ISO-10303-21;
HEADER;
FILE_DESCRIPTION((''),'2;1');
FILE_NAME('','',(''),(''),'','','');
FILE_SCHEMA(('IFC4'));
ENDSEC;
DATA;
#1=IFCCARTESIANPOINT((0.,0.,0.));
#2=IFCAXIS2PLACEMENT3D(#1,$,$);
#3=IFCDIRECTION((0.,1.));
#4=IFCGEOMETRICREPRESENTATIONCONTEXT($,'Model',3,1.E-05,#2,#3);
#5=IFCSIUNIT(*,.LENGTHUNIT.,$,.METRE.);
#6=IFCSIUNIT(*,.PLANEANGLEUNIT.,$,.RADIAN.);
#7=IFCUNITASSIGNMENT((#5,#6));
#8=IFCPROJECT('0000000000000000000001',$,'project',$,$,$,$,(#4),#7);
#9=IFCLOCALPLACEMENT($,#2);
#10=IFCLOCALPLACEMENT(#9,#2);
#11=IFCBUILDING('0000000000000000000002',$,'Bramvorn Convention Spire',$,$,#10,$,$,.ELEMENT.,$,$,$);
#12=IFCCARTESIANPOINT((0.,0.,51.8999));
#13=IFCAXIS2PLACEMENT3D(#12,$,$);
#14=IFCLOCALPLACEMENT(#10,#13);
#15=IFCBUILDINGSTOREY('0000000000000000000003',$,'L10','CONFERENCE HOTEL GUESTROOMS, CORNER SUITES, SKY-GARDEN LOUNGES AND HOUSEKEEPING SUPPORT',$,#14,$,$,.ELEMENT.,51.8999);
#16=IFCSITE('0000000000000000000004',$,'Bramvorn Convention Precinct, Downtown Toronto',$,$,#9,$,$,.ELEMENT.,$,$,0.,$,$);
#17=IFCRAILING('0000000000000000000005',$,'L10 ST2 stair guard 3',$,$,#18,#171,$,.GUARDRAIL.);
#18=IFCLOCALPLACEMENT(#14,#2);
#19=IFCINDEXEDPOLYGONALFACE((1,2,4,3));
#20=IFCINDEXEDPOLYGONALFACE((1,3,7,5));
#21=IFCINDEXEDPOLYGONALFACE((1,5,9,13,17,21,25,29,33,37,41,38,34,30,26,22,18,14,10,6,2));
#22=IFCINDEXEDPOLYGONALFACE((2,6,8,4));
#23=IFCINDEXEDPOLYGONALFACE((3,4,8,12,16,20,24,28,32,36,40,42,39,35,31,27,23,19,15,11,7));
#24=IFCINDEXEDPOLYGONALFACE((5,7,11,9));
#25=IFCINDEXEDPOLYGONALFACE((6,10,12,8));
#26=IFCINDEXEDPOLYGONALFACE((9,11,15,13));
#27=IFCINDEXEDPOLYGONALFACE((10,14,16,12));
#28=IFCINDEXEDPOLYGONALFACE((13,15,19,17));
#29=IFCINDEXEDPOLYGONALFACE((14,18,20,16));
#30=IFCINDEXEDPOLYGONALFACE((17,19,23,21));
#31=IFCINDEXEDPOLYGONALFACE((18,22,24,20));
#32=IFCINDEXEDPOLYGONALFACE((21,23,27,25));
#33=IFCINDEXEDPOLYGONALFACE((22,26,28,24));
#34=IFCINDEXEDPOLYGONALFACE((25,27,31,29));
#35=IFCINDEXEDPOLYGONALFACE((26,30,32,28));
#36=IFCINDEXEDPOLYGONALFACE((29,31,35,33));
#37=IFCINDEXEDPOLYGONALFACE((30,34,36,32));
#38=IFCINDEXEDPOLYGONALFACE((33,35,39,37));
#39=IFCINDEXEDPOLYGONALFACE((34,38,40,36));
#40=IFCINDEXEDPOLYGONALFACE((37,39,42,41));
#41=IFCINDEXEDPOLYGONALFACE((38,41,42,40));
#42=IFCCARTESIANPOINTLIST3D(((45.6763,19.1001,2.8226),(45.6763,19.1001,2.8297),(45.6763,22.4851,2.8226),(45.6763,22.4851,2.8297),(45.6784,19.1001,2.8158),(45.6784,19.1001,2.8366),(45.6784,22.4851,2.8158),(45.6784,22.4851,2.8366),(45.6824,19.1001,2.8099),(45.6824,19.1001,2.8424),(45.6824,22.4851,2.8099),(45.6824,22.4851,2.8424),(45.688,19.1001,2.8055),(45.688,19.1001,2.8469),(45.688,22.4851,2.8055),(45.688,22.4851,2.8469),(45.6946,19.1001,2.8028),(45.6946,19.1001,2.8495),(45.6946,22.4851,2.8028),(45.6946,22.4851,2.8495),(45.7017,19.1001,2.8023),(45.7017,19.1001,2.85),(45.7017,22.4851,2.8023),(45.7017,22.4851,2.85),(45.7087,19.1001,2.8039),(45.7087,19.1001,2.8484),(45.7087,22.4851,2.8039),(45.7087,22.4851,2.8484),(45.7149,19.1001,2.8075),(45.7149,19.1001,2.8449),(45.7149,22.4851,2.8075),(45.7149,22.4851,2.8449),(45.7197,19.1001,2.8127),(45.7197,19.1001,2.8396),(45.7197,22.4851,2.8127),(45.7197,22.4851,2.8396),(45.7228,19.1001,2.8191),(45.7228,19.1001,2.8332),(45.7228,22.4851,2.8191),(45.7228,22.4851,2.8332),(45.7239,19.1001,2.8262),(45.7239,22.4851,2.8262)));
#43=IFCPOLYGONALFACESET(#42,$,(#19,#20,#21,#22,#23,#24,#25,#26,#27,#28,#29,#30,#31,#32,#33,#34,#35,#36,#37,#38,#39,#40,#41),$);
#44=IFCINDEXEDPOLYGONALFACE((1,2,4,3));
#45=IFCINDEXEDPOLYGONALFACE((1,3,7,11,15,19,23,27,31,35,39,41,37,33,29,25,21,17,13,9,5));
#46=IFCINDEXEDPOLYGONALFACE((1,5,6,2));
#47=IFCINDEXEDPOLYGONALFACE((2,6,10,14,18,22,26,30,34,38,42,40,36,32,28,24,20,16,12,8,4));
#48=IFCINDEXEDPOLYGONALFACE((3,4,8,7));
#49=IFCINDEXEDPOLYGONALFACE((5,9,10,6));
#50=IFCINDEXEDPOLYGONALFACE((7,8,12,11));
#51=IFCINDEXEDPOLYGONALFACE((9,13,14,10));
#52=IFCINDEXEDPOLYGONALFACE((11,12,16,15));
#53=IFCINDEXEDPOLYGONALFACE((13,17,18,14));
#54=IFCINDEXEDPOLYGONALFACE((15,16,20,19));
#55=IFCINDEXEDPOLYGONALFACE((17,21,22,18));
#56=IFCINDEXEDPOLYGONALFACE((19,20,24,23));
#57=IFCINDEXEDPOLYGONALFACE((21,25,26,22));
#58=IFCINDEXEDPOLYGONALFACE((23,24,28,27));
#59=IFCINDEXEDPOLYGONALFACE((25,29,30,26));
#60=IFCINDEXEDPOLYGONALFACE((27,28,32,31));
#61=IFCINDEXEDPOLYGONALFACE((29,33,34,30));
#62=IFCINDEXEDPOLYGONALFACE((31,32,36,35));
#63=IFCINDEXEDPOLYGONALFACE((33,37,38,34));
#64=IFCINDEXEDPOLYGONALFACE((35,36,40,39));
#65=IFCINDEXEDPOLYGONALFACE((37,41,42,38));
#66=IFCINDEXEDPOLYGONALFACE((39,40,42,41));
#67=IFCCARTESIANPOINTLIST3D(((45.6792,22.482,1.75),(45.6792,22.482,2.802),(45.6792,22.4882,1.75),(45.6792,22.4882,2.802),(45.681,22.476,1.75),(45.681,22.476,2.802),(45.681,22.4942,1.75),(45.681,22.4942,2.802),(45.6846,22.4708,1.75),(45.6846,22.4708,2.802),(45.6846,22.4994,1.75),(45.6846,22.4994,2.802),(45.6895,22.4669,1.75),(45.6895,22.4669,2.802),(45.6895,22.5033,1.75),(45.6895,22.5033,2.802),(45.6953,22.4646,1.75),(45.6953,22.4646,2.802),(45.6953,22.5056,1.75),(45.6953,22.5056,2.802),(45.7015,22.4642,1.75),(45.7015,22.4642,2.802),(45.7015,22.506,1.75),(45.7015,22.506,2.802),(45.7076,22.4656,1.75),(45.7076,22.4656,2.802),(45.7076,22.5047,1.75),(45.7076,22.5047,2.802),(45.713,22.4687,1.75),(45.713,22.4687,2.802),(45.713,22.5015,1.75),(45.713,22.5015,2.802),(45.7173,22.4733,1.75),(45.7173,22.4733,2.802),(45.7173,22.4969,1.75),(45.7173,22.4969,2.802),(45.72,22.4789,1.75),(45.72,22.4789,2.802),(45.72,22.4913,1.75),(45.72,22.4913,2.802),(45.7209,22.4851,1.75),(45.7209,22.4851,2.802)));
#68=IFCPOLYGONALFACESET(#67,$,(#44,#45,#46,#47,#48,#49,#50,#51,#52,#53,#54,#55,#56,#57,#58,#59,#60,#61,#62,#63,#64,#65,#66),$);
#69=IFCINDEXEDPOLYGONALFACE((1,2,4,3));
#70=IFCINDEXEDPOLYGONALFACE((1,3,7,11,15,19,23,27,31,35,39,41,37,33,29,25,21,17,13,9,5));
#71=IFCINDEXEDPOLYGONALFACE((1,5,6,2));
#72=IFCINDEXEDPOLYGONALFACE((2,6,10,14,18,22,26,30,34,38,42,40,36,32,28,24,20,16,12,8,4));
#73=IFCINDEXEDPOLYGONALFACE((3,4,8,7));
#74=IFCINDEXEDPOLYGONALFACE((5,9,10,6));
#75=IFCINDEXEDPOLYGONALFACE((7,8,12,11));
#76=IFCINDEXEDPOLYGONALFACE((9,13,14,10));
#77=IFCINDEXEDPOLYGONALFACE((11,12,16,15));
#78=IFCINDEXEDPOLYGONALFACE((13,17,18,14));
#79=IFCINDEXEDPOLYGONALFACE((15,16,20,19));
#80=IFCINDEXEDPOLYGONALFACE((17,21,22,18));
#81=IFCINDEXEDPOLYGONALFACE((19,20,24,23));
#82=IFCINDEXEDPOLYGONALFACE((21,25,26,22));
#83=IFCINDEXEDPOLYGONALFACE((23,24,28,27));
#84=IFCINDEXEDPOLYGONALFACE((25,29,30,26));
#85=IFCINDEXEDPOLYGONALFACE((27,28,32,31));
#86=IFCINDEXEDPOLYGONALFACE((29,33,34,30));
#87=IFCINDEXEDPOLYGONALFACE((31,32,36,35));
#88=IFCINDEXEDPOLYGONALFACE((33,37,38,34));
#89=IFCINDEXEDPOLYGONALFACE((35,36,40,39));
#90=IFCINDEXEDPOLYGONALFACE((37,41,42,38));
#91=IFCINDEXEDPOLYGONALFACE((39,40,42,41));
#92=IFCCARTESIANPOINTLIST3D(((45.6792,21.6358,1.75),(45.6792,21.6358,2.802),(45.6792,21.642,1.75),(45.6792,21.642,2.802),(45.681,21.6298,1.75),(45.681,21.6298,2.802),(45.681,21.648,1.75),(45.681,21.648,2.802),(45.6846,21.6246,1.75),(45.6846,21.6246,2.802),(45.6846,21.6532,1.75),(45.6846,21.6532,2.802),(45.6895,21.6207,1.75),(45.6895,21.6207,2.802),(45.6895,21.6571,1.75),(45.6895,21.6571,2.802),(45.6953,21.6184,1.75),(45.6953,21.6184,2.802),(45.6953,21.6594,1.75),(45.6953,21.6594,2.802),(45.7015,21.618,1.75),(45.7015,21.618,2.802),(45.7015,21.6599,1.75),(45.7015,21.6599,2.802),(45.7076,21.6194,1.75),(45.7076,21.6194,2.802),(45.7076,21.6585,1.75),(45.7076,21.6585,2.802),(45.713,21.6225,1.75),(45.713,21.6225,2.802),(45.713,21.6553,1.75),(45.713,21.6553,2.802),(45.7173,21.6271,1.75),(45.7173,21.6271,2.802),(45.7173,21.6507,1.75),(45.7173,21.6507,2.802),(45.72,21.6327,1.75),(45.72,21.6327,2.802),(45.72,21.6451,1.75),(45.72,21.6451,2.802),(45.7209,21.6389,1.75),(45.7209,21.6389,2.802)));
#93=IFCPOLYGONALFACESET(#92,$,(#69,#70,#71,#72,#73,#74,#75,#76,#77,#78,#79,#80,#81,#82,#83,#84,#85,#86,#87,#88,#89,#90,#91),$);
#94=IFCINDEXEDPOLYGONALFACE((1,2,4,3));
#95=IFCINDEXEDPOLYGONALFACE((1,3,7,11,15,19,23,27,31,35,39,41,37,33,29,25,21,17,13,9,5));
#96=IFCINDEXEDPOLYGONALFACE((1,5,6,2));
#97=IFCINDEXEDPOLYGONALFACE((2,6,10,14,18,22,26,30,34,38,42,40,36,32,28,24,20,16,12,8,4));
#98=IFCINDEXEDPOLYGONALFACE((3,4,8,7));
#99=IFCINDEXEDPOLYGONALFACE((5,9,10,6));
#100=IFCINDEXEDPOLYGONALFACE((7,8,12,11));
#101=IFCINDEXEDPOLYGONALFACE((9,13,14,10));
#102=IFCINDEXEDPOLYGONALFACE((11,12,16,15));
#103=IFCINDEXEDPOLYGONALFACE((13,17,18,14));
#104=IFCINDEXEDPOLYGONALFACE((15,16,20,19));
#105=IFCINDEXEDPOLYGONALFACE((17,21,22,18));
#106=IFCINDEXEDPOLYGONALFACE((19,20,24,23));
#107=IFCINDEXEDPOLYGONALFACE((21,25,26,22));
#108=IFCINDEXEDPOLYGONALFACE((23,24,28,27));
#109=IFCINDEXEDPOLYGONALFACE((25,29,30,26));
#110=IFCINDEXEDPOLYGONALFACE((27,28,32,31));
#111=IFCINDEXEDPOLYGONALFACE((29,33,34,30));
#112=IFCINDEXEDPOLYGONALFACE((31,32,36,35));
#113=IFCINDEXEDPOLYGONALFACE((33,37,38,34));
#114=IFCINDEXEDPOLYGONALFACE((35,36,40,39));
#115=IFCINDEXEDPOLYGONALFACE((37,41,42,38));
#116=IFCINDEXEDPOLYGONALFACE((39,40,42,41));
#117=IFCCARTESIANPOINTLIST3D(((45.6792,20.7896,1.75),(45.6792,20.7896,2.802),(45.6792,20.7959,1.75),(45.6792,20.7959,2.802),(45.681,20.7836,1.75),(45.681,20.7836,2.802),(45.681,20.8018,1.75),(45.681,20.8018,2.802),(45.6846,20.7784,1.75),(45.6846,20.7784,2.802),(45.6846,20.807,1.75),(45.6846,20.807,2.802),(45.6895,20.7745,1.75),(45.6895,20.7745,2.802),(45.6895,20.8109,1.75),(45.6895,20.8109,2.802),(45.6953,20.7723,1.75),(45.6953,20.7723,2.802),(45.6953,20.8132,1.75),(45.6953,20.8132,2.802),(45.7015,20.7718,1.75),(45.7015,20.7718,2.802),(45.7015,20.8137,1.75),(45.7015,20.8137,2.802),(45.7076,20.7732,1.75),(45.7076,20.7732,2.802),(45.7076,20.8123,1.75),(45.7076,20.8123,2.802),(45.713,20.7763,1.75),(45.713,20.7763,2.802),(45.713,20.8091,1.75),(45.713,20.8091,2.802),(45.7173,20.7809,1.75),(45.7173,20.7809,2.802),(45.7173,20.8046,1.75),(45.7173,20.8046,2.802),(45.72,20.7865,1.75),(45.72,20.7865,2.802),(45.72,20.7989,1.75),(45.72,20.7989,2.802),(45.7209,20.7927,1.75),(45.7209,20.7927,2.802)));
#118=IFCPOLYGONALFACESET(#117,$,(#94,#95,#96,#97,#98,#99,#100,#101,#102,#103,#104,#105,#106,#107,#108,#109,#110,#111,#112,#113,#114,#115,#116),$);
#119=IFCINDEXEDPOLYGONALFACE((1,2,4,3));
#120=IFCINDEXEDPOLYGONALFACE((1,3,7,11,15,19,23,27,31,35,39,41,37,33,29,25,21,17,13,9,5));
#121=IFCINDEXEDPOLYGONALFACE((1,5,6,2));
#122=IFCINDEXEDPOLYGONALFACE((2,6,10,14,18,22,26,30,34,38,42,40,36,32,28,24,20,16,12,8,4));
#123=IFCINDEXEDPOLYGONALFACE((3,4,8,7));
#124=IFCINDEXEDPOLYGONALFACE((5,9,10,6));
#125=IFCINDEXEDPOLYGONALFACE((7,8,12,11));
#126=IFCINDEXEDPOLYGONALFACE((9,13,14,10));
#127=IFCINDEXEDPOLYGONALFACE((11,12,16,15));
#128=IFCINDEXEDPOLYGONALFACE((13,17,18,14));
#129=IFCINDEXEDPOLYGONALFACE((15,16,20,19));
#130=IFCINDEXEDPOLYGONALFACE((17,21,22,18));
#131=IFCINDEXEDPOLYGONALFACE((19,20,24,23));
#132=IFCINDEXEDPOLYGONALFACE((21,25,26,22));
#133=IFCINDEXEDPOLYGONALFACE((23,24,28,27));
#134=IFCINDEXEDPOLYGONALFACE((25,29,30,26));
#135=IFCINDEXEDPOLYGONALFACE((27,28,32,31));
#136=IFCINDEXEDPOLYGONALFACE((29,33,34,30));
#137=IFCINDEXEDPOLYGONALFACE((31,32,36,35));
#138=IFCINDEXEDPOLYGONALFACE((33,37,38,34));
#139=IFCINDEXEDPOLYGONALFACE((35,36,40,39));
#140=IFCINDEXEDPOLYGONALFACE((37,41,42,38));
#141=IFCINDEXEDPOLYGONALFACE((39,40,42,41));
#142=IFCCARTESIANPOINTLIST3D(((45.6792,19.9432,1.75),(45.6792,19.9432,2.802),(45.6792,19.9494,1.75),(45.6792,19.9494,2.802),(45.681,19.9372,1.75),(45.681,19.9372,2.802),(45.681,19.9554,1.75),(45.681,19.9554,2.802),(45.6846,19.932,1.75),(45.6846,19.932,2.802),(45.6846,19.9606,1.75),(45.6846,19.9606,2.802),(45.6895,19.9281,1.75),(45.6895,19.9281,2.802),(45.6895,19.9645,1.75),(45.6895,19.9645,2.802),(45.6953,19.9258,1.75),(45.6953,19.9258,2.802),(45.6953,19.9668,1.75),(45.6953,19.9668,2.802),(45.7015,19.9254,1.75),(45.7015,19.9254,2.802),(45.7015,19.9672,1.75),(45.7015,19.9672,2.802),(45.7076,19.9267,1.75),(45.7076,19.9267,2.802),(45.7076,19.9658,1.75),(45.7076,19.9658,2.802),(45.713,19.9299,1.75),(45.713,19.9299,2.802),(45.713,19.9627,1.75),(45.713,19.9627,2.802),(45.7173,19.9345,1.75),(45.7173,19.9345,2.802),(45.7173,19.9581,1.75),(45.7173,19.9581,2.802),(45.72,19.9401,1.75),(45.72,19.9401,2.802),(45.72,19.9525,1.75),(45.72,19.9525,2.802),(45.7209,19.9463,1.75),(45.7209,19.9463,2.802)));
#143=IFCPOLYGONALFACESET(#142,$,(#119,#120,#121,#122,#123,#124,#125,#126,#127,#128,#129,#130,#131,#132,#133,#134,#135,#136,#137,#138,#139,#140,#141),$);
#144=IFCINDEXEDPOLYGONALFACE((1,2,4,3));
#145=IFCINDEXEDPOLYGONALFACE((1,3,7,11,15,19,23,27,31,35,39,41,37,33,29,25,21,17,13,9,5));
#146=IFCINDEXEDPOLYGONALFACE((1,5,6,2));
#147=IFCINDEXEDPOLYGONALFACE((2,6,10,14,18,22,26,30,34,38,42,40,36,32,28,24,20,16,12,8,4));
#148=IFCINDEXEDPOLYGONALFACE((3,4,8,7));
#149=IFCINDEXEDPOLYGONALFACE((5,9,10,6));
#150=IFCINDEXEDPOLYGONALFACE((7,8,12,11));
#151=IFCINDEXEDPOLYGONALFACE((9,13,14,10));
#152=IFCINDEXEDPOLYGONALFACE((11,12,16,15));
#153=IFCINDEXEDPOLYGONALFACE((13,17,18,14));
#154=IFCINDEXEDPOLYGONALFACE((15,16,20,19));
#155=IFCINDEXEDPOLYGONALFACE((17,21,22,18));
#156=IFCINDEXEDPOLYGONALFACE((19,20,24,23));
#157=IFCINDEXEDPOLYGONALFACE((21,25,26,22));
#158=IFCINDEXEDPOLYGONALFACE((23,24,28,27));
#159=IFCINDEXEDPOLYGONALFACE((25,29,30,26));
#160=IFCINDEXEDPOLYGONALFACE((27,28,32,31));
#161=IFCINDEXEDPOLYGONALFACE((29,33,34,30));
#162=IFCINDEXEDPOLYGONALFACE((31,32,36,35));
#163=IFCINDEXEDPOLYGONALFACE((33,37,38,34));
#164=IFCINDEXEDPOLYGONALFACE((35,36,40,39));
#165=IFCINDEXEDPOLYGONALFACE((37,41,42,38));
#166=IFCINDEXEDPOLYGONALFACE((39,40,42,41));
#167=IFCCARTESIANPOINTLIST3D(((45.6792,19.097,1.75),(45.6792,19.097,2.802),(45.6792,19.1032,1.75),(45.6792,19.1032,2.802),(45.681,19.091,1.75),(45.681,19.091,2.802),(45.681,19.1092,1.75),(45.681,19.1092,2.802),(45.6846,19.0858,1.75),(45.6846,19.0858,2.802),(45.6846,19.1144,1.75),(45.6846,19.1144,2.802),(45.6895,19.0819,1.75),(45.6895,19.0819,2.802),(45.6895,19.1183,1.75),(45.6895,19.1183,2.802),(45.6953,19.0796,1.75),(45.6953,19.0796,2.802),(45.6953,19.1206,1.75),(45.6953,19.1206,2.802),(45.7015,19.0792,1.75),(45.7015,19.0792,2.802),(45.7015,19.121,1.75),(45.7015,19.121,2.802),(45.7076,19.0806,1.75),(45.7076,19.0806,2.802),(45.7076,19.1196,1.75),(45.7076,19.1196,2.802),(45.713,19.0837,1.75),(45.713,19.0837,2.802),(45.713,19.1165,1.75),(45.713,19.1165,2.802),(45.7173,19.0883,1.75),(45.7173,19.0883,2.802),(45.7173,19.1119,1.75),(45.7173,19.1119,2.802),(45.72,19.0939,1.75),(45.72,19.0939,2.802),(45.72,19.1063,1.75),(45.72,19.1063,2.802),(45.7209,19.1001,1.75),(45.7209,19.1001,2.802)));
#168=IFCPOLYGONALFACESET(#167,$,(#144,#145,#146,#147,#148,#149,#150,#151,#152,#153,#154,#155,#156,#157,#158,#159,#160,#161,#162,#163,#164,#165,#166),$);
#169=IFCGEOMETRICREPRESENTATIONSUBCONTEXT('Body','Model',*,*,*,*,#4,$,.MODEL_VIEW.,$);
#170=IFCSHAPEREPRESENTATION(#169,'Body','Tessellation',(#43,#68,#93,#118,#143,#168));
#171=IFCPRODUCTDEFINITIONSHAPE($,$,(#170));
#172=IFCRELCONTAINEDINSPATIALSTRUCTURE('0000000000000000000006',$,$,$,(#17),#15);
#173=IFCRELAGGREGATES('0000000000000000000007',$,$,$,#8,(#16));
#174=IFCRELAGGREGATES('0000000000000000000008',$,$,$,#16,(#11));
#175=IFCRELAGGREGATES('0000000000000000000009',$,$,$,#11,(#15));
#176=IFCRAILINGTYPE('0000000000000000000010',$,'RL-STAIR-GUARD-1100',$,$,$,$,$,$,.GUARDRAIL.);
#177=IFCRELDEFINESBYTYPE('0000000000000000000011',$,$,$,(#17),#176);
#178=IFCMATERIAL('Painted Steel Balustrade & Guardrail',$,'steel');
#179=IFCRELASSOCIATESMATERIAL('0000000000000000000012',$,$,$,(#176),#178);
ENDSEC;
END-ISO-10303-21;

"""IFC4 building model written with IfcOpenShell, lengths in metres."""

from ifc_helpers import new_model, si_unit, direction, frame, origin, origin_2d, place, context, subcontext, project, spatial, circle, extrude, material, type_object, element, save


model = new_model("IFC4")

# Units and contexts
model_context = context("Model", 3, precision=1e-05, world=origin(), true_north=direction((0.0, 1.0)))
body_context = subcontext(model_context, "Body", "Model", "MODEL_VIEW")
ifc_project = project(units=[si_unit("LENGTHUNIT", "METRE"), si_unit("PLANEANGLEUNIT", "RADIAN")], contexts=[model_context])

# Site, building, storey
site_placement = place(None, origin())
site = spatial("IfcSite", under=ifc_project, at=site_placement, Name="Bramvorn Convention Precinct, Downtown Toronto", CompositionType="ELEMENT", RefElevation=0.0)
building_placement = place(site_placement, origin())
building = spatial("IfcBuilding", under=site, at=building_placement, Name="Bramvorn Convention Spire", CompositionType="ELEMENT")
storey_placement = place(building_placement, frame((0.0, 0.0, 51.8999)))
storey = spatial("IfcBuildingStorey", under=building, at=storey_placement, Name="L10", Description="CONFERENCE HOTEL GUESTROOMS, CORNER SUITES, SKY-GARDEN LOUNGES AND HOUSEKEEPING SUPPORT", CompositionType="ELEMENT", Elevation=51.8999)

# Railing
ifc_material_1 = material(Name="Painted Steel Balustrade & Guardrail", Category="steel")
railing_type = type_object("IfcRailingType", Name="RL-STAIR-GUARD-1100", PredefinedType="GUARDRAIL", material=ifc_material_1)
railing_1_placement = place(storey_placement, frame((45.7, 22.4851, 1.75)))
element("IfcRailing", 1, at=railing_1_placement, inside=storey, type_object=railing_type, Name="L10 ST2 stair guard 3", PredefinedType="GUARDRAIL", context=body_context, shape_type="SweptSolid", body=[
    extrude(circle(Radius=0.0239, at=origin_2d()), frame((0.0, 0.0, 1.0762), z_axis=(0.0, -1.0, 0.0), x_axis=(1.0, 0.0, 0.0)), (0.0, 0.0, 1.0), 3.385),
    extrude(circle(Radius=0.021, at=origin_2d()), origin(), (0.0, 0.0, 1.0), 1.052),
    extrude(circle(Radius=0.021, at=origin_2d()), frame((0.0, -0.8462, 0.0)), (0.0, 0.0, 1.0), 1.052),
    extrude(circle(Radius=0.021, at=origin_2d()), frame((0.0, -1.6924, 0.0)), (0.0, 0.0, 1.0), 1.052),
    extrude(circle(Radius=0.021, at=origin_2d()), frame((0.0, -2.5388, 0.0)), (0.0, 0.0, 1.0), 1.052),
    extrude(circle(Radius=0.021, at=origin_2d()), frame((0.0, -3.385, 0.0)), (0.0, 0.0, 1.0), 1.052),
])

save(model, "model.ifc")
